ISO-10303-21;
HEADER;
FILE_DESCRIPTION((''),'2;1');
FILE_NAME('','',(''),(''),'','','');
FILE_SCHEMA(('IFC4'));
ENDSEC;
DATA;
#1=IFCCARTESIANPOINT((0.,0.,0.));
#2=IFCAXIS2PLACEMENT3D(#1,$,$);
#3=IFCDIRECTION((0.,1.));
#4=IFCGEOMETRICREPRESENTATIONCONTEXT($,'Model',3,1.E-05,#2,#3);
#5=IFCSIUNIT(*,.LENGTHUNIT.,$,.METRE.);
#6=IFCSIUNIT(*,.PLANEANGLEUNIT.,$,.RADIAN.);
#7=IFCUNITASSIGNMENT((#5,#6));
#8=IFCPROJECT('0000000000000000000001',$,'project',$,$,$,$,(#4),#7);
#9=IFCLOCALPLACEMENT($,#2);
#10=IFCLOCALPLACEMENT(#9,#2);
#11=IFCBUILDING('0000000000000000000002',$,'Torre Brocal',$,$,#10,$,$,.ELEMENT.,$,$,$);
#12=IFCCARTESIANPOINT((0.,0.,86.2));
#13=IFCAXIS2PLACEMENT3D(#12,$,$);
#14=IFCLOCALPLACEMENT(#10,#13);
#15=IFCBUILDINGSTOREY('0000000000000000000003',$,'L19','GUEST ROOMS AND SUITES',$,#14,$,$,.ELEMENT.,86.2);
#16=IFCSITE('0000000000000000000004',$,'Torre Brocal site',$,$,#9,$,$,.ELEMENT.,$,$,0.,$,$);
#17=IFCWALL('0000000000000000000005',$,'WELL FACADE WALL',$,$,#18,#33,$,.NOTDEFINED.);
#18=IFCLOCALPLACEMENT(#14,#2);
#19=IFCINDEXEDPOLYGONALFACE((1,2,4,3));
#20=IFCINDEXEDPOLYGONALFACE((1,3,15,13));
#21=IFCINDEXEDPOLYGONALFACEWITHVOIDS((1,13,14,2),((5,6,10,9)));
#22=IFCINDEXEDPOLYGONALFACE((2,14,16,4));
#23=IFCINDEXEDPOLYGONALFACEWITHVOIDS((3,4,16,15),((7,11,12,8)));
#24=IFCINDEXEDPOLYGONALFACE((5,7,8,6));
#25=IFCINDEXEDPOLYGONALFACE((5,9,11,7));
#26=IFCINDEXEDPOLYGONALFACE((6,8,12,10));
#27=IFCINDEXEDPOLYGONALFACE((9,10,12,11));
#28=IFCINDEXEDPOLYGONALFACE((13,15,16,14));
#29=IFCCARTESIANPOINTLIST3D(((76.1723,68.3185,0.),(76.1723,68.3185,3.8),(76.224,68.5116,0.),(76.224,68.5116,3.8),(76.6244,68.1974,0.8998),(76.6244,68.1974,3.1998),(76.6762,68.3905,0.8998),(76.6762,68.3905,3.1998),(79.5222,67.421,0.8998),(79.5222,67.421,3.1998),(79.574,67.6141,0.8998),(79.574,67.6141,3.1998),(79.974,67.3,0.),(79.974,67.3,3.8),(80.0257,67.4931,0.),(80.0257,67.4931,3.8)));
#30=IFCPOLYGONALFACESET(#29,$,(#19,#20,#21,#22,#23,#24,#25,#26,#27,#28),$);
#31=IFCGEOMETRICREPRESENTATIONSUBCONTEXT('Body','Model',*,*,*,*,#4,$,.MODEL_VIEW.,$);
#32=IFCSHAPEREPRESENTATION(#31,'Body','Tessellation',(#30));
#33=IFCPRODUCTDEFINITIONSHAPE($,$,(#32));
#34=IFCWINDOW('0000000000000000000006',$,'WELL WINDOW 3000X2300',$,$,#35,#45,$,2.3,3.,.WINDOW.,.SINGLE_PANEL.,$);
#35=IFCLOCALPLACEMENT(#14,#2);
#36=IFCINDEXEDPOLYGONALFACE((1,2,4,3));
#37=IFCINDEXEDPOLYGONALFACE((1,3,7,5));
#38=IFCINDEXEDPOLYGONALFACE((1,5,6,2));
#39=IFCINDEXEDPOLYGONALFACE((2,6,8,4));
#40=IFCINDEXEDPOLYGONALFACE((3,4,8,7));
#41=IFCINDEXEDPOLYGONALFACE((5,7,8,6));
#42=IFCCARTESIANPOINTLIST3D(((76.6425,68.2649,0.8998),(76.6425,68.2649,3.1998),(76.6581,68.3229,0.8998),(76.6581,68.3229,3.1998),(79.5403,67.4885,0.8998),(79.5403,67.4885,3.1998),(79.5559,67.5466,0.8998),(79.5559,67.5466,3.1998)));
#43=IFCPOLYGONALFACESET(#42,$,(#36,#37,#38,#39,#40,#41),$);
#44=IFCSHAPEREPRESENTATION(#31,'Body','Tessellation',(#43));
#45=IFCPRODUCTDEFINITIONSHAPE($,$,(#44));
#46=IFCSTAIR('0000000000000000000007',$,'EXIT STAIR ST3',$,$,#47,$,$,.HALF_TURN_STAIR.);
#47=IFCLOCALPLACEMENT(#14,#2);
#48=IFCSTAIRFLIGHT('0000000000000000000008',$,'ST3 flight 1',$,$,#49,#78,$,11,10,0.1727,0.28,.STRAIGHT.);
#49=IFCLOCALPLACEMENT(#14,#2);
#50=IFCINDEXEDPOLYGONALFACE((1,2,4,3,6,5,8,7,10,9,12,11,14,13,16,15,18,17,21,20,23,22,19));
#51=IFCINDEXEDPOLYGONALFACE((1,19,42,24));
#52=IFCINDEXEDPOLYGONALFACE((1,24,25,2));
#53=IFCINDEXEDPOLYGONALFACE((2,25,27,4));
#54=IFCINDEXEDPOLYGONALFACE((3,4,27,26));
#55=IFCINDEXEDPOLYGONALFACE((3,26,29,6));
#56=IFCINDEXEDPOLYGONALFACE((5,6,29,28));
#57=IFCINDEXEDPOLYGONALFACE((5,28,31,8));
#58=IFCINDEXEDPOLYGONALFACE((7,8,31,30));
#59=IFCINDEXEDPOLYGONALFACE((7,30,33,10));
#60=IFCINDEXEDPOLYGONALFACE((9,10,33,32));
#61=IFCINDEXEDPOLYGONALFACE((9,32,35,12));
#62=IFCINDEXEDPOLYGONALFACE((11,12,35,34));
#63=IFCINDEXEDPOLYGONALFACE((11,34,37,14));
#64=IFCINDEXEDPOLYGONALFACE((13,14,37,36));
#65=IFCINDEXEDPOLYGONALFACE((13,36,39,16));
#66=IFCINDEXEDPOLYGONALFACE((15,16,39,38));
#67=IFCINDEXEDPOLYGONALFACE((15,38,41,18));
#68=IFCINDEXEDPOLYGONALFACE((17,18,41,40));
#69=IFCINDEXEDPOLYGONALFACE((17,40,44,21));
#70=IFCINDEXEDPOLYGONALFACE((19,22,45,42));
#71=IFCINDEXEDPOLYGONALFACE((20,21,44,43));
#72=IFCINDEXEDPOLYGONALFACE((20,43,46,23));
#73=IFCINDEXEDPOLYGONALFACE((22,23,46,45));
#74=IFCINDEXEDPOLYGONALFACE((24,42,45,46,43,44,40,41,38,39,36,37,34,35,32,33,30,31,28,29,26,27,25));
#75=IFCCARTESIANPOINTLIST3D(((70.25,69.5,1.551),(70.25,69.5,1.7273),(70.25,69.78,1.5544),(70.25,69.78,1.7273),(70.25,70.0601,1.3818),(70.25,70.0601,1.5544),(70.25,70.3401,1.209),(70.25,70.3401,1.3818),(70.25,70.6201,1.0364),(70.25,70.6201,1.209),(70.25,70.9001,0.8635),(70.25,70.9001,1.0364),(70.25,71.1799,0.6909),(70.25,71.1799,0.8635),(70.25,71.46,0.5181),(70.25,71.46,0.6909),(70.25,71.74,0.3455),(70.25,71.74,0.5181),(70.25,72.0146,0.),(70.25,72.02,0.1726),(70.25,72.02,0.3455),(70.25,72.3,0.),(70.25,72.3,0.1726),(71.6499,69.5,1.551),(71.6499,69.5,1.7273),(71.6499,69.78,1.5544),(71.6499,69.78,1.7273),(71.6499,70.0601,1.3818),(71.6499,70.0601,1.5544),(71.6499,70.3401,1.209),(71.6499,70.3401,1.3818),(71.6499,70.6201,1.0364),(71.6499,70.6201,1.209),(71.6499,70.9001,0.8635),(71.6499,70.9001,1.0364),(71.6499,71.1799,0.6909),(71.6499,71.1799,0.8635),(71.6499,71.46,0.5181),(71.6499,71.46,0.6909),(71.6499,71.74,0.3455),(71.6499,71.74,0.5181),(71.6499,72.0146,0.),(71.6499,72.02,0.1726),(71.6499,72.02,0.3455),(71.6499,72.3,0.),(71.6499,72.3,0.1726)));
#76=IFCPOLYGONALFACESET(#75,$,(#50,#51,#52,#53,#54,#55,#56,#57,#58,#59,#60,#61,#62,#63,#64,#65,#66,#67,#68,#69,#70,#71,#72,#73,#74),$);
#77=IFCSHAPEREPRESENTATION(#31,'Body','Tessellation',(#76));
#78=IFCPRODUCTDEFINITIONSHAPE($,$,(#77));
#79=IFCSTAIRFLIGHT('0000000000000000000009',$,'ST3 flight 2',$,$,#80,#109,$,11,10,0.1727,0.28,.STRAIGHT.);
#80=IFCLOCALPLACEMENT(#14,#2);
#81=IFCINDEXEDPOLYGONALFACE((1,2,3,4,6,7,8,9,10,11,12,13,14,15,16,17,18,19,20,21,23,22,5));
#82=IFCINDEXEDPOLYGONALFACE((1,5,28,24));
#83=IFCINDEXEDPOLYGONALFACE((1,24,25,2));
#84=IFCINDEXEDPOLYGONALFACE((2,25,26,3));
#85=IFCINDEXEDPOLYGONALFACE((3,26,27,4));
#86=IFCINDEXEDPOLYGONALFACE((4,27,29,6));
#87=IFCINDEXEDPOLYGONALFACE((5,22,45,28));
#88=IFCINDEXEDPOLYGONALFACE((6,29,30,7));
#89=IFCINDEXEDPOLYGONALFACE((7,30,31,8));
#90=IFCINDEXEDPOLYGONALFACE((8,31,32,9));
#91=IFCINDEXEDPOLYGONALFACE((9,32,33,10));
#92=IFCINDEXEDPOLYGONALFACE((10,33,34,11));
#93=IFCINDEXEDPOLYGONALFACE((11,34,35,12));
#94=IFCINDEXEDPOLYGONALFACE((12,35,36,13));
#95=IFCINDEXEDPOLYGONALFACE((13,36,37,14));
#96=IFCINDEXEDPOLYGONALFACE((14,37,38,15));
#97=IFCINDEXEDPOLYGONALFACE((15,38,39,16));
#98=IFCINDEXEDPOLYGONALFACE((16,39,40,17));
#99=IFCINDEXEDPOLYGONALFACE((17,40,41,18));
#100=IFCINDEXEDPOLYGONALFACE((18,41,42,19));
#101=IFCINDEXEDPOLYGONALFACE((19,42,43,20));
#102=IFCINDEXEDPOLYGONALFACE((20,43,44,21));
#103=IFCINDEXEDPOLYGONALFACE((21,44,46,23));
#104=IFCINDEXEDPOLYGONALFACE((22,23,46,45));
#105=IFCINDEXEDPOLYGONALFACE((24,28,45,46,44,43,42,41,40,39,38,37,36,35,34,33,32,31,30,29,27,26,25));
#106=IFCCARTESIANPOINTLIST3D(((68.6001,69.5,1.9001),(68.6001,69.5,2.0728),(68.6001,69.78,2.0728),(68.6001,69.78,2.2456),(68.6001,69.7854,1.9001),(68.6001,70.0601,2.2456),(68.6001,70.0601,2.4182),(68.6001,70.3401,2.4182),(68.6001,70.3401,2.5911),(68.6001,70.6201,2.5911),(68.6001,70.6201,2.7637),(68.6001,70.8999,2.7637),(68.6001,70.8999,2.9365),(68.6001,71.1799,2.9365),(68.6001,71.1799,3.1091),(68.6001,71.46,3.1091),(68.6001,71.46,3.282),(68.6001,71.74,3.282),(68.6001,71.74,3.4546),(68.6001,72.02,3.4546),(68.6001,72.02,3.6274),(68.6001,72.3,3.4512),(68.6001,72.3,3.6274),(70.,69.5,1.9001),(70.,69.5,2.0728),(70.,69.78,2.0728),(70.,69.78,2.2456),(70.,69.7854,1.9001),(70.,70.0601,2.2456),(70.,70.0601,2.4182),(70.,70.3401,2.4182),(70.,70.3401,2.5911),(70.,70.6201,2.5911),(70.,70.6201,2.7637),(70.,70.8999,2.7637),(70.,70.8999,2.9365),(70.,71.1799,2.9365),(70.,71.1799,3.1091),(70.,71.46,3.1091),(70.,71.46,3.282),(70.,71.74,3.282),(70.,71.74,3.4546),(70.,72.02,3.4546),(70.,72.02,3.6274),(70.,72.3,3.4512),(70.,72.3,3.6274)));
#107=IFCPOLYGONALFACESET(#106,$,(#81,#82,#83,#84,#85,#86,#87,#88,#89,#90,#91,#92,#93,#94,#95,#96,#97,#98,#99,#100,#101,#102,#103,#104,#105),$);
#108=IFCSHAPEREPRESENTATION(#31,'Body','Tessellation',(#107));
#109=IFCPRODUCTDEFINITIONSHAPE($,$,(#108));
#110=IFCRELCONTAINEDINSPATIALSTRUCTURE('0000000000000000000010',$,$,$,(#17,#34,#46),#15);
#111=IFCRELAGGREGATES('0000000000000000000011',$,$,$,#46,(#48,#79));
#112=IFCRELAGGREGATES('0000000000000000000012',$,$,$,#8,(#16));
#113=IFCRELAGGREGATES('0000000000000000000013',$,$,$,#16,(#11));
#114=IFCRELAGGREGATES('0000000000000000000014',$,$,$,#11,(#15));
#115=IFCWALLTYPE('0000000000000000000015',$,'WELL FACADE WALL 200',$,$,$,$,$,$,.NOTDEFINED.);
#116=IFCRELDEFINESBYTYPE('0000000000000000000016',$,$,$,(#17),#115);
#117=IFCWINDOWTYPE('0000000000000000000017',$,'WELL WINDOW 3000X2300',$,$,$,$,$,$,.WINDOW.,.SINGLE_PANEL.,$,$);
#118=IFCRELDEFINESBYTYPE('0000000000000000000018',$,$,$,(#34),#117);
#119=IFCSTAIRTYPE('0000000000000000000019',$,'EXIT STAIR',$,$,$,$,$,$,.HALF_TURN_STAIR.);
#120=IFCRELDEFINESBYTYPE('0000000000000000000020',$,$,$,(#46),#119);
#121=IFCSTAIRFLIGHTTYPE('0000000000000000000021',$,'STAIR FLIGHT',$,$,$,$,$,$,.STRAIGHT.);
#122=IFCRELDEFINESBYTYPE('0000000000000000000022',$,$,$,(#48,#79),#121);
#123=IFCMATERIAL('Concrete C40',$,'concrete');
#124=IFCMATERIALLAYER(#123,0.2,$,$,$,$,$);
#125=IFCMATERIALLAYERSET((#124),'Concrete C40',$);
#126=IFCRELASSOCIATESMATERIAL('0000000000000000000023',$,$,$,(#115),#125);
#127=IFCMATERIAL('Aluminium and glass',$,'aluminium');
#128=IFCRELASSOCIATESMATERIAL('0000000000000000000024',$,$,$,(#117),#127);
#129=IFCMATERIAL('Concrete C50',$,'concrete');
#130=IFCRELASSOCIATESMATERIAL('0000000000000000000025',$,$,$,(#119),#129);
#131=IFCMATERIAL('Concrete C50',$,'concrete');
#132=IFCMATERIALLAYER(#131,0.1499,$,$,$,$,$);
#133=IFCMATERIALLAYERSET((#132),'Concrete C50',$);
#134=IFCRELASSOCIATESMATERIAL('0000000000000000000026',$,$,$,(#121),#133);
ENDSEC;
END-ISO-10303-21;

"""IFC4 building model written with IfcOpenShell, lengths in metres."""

from ifc_helpers import new_model, si_unit, direction, frame, frame_2d, origin, place, context, subcontext, project, spatial, polyline, rectangle, outline, extrude, material, layer, layer_set, type_object, element, fill, aggregate, save


model = new_model("IFC4")

# Units and contexts
model_context = context("Model", 3, precision=1e-05, world=origin(), true_north=direction((0.0, 1.0)))
body_context = subcontext(model_context, "Body", "Model", "MODEL_VIEW")
ifc_project = project(units=[si_unit("LENGTHUNIT", "METRE"), si_unit("PLANEANGLEUNIT", "RADIAN")], contexts=[model_context])

# Site, building, storey
site_placement = place(None, origin())
site = spatial("IfcSite", under=ifc_project, at=site_placement, Name="Torre Brocal site", CompositionType="ELEMENT", RefElevation=0.0)
building_placement = place(site_placement, origin())
building = spatial("IfcBuilding", under=site, at=building_placement, Name="Torre Brocal", CompositionType="ELEMENT")
storey_placement = place(building_placement, frame((0.0, 0.0, 86.2)))
storey = spatial("IfcBuildingStorey", under=building, at=storey_placement, Name="L19", Description="GUEST ROOMS AND SUITES", CompositionType="ELEMENT", Elevation=86.2)

# Wall, opening, window
ifc_material_1 = material(Name="Concrete C40", Category="concrete")
ifc_layer_1 = layer(ifc_material_1, 0.2)
ifc_layer_set_1 = layer_set([ifc_layer_1], Name="Concrete C40")
wall_type_1 = type_object("IfcWallType", Name="WELL FACADE WALL 200", PredefinedType="NOTDEFINED", material=ifc_layer_set_1)
ifc_material_2 = material(Name="Aluminium and glass", Category="aluminium")
window_type = type_object("IfcWindowType", Name="WELL WINDOW 3000X2300", PartitioningType="SINGLE_PANEL", PredefinedType="WINDOW", material=ifc_material_2)
wall_1_placement = place(storey_placement, frame((76.1982, 68.415, 0.0), z_axis=(0.0, 0.0, 1.0), x_axis=(0.965934, -0.25879, 0.0)))
wall_1 = element("IfcWall", 1, at=wall_1_placement, inside=storey, type_object=wall_type_1, Name="WELL FACADE WALL", PredefinedType="NOTDEFINED", context=body_context, shape_type="SweptSolid", body=[
    extrude(rectangle(XDim=3.9358, YDim=0.2, at=frame_2d((1.9678, 0.0))), origin(), (0.0, 0.0, 1.0), 3.8),
])
opening_1_placement = place(wall_1_placement, frame((0.468, 0.0, 0.8999)))
opening_1 = element("IfcOpeningElement", 2, at=opening_1_placement, cuts=wall_1, PredefinedType="OPENING", context=body_context, shape_type="SweptSolid", body=[
    extrude(rectangle(XDim=3.0, YDim=2.3, at=frame_2d((1.5, 1.1499))), frame((0.0, 0.1099, 0.0), z_axis=(0.0, -1.0, 0.0), x_axis=(1.0, 0.0, 0.0)), (0.0, 0.0, 1.0), 0.22),
])
window_1_placement = place(opening_1_placement, origin())
window_1 = element("IfcWindow", 3, at=window_1_placement, inside=storey, type_object=window_type, Name="WELL WINDOW 3000X2300", OverallHeight=2.3, OverallWidth=3.0, PartitioningType="SINGLE_PANEL", PredefinedType="WINDOW", context=body_context, shape_type="SweptSolid", body=[
    extrude(rectangle(XDim=3.0, YDim=2.3, at=frame_2d((1.5, 1.1499))), frame((0.0, 0.03, 0.0), z_axis=(0.0, -1.0, 0.0), x_axis=(1.0, 0.0, 0.0)), (0.0, 0.0, 1.0), 0.0601),
])
fill(opening_1, window_1)

# Stair, stair flights
ifc_material_3 = material(Name="Concrete C50", Category="concrete")
stair_type = type_object("IfcStairType", Name="EXIT STAIR", PredefinedType="HALF_TURN_STAIR", material=ifc_material_3)
stair_placement = place(storey_placement, origin())
stair = element("IfcStair", 4, at=stair_placement, inside=storey, type_object=stair_type, Name="EXIT STAIR ST3", PredefinedType="HALF_TURN_STAIR")
ifc_material_4 = material(Name="Concrete C50", Category="concrete")
ifc_layer_2 = layer(ifc_material_4, 0.1499)
ifc_layer_set_2 = layer_set([ifc_layer_2], Name="Concrete C50")
stair_flight_type = type_object("IfcStairFlightType", Name="STAIR FLIGHT", PredefinedType="STRAIGHT", material=ifc_layer_set_2)
stair_flight_1_placement = place(storey_placement, frame((70.95, 72.3, 0.0), z_axis=(0.0, 0.0, 1.0), x_axis=(0.0, -1.0, 0.0)))
stair_flight_1 = element("IfcStairFlight", 5, at=stair_flight_1_placement, type_object=stair_flight_type, Name="ST3 flight 1", NumberOfRisers=11, NumberOfTreads=10, PredefinedType="STRAIGHT", RiserHeight=0.1727, TreadLength=0.28, context=body_context, shape_type="SweptSolid", body=[
    extrude(outline(polyline([(0.0, 0.0), (0.0, 0.1726), (0.28, 0.1726), (0.28, 0.3455), (0.5601, 0.3455), (0.5601, 0.5181), (0.8401, 0.5181), (0.8401, 0.6909), (1.1201, 0.6909), (1.1201, 0.8635), (1.3999, 0.8635), (1.3999, 1.0364), (1.6799, 1.0364), (1.6799, 1.209), (1.96, 1.209), (1.96, 1.3818), (2.24, 1.3818), (2.24, 1.5544), (2.52, 1.5544), (2.52, 1.7273), (2.8, 1.7273), (2.8, 1.8999), (2.8, 1.551), (0.2854, 0.0), (0.0, 0.0)])), frame((0.0, 0.7, 0.0), z_axis=(0.0, -1.0, 0.0), x_axis=(1.0, 0.0, 0.0)), (0.0, 0.0, 1.0), 1.3999),
])
stair_flight_2_placement = place(storey_placement, frame((69.3, 69.5, 1.9001), z_axis=(0.0, 0.0, 1.0), x_axis=(0.0, 1.0, 0.0)))
stair_flight_2 = element("IfcStairFlight", 6, at=stair_flight_2_placement, type_object=stair_flight_type, Name="ST3 flight 2", NumberOfRisers=11, NumberOfTreads=10, PredefinedType="STRAIGHT", RiserHeight=0.1727, TreadLength=0.28, context=body_context, shape_type="SweptSolid", body=[
    extrude(outline(polyline([(0.0, 0.0), (0.0, 0.1726), (0.28, 0.1726), (0.28, 0.3455), (0.5601, 0.3455), (0.5601, 0.5181), (0.8401, 0.5181), (0.8401, 0.6909), (1.1201, 0.6909), (1.1201, 0.8635), (1.3999, 0.8635), (1.3999, 1.0364), (1.6799, 1.0364), (1.6799, 1.209), (1.96, 1.209), (1.96, 1.3818), (2.24, 1.3818), (2.24, 1.5544), (2.52, 1.5544), (2.52, 1.7273), (2.8, 1.7273), (2.8, 1.8999), (2.8, 1.551), (0.2854, 0.0), (0.0, 0.0)])), frame((0.0, 0.7, 0.0), z_axis=(0.0, -1.0, 0.0), x_axis=(1.0, 0.0, 0.0)), (0.0, 0.0, 1.0), 1.3999),
])
aggregate(stair, [stair_flight_1, stair_flight_2])

save(model, "model.ifc")
